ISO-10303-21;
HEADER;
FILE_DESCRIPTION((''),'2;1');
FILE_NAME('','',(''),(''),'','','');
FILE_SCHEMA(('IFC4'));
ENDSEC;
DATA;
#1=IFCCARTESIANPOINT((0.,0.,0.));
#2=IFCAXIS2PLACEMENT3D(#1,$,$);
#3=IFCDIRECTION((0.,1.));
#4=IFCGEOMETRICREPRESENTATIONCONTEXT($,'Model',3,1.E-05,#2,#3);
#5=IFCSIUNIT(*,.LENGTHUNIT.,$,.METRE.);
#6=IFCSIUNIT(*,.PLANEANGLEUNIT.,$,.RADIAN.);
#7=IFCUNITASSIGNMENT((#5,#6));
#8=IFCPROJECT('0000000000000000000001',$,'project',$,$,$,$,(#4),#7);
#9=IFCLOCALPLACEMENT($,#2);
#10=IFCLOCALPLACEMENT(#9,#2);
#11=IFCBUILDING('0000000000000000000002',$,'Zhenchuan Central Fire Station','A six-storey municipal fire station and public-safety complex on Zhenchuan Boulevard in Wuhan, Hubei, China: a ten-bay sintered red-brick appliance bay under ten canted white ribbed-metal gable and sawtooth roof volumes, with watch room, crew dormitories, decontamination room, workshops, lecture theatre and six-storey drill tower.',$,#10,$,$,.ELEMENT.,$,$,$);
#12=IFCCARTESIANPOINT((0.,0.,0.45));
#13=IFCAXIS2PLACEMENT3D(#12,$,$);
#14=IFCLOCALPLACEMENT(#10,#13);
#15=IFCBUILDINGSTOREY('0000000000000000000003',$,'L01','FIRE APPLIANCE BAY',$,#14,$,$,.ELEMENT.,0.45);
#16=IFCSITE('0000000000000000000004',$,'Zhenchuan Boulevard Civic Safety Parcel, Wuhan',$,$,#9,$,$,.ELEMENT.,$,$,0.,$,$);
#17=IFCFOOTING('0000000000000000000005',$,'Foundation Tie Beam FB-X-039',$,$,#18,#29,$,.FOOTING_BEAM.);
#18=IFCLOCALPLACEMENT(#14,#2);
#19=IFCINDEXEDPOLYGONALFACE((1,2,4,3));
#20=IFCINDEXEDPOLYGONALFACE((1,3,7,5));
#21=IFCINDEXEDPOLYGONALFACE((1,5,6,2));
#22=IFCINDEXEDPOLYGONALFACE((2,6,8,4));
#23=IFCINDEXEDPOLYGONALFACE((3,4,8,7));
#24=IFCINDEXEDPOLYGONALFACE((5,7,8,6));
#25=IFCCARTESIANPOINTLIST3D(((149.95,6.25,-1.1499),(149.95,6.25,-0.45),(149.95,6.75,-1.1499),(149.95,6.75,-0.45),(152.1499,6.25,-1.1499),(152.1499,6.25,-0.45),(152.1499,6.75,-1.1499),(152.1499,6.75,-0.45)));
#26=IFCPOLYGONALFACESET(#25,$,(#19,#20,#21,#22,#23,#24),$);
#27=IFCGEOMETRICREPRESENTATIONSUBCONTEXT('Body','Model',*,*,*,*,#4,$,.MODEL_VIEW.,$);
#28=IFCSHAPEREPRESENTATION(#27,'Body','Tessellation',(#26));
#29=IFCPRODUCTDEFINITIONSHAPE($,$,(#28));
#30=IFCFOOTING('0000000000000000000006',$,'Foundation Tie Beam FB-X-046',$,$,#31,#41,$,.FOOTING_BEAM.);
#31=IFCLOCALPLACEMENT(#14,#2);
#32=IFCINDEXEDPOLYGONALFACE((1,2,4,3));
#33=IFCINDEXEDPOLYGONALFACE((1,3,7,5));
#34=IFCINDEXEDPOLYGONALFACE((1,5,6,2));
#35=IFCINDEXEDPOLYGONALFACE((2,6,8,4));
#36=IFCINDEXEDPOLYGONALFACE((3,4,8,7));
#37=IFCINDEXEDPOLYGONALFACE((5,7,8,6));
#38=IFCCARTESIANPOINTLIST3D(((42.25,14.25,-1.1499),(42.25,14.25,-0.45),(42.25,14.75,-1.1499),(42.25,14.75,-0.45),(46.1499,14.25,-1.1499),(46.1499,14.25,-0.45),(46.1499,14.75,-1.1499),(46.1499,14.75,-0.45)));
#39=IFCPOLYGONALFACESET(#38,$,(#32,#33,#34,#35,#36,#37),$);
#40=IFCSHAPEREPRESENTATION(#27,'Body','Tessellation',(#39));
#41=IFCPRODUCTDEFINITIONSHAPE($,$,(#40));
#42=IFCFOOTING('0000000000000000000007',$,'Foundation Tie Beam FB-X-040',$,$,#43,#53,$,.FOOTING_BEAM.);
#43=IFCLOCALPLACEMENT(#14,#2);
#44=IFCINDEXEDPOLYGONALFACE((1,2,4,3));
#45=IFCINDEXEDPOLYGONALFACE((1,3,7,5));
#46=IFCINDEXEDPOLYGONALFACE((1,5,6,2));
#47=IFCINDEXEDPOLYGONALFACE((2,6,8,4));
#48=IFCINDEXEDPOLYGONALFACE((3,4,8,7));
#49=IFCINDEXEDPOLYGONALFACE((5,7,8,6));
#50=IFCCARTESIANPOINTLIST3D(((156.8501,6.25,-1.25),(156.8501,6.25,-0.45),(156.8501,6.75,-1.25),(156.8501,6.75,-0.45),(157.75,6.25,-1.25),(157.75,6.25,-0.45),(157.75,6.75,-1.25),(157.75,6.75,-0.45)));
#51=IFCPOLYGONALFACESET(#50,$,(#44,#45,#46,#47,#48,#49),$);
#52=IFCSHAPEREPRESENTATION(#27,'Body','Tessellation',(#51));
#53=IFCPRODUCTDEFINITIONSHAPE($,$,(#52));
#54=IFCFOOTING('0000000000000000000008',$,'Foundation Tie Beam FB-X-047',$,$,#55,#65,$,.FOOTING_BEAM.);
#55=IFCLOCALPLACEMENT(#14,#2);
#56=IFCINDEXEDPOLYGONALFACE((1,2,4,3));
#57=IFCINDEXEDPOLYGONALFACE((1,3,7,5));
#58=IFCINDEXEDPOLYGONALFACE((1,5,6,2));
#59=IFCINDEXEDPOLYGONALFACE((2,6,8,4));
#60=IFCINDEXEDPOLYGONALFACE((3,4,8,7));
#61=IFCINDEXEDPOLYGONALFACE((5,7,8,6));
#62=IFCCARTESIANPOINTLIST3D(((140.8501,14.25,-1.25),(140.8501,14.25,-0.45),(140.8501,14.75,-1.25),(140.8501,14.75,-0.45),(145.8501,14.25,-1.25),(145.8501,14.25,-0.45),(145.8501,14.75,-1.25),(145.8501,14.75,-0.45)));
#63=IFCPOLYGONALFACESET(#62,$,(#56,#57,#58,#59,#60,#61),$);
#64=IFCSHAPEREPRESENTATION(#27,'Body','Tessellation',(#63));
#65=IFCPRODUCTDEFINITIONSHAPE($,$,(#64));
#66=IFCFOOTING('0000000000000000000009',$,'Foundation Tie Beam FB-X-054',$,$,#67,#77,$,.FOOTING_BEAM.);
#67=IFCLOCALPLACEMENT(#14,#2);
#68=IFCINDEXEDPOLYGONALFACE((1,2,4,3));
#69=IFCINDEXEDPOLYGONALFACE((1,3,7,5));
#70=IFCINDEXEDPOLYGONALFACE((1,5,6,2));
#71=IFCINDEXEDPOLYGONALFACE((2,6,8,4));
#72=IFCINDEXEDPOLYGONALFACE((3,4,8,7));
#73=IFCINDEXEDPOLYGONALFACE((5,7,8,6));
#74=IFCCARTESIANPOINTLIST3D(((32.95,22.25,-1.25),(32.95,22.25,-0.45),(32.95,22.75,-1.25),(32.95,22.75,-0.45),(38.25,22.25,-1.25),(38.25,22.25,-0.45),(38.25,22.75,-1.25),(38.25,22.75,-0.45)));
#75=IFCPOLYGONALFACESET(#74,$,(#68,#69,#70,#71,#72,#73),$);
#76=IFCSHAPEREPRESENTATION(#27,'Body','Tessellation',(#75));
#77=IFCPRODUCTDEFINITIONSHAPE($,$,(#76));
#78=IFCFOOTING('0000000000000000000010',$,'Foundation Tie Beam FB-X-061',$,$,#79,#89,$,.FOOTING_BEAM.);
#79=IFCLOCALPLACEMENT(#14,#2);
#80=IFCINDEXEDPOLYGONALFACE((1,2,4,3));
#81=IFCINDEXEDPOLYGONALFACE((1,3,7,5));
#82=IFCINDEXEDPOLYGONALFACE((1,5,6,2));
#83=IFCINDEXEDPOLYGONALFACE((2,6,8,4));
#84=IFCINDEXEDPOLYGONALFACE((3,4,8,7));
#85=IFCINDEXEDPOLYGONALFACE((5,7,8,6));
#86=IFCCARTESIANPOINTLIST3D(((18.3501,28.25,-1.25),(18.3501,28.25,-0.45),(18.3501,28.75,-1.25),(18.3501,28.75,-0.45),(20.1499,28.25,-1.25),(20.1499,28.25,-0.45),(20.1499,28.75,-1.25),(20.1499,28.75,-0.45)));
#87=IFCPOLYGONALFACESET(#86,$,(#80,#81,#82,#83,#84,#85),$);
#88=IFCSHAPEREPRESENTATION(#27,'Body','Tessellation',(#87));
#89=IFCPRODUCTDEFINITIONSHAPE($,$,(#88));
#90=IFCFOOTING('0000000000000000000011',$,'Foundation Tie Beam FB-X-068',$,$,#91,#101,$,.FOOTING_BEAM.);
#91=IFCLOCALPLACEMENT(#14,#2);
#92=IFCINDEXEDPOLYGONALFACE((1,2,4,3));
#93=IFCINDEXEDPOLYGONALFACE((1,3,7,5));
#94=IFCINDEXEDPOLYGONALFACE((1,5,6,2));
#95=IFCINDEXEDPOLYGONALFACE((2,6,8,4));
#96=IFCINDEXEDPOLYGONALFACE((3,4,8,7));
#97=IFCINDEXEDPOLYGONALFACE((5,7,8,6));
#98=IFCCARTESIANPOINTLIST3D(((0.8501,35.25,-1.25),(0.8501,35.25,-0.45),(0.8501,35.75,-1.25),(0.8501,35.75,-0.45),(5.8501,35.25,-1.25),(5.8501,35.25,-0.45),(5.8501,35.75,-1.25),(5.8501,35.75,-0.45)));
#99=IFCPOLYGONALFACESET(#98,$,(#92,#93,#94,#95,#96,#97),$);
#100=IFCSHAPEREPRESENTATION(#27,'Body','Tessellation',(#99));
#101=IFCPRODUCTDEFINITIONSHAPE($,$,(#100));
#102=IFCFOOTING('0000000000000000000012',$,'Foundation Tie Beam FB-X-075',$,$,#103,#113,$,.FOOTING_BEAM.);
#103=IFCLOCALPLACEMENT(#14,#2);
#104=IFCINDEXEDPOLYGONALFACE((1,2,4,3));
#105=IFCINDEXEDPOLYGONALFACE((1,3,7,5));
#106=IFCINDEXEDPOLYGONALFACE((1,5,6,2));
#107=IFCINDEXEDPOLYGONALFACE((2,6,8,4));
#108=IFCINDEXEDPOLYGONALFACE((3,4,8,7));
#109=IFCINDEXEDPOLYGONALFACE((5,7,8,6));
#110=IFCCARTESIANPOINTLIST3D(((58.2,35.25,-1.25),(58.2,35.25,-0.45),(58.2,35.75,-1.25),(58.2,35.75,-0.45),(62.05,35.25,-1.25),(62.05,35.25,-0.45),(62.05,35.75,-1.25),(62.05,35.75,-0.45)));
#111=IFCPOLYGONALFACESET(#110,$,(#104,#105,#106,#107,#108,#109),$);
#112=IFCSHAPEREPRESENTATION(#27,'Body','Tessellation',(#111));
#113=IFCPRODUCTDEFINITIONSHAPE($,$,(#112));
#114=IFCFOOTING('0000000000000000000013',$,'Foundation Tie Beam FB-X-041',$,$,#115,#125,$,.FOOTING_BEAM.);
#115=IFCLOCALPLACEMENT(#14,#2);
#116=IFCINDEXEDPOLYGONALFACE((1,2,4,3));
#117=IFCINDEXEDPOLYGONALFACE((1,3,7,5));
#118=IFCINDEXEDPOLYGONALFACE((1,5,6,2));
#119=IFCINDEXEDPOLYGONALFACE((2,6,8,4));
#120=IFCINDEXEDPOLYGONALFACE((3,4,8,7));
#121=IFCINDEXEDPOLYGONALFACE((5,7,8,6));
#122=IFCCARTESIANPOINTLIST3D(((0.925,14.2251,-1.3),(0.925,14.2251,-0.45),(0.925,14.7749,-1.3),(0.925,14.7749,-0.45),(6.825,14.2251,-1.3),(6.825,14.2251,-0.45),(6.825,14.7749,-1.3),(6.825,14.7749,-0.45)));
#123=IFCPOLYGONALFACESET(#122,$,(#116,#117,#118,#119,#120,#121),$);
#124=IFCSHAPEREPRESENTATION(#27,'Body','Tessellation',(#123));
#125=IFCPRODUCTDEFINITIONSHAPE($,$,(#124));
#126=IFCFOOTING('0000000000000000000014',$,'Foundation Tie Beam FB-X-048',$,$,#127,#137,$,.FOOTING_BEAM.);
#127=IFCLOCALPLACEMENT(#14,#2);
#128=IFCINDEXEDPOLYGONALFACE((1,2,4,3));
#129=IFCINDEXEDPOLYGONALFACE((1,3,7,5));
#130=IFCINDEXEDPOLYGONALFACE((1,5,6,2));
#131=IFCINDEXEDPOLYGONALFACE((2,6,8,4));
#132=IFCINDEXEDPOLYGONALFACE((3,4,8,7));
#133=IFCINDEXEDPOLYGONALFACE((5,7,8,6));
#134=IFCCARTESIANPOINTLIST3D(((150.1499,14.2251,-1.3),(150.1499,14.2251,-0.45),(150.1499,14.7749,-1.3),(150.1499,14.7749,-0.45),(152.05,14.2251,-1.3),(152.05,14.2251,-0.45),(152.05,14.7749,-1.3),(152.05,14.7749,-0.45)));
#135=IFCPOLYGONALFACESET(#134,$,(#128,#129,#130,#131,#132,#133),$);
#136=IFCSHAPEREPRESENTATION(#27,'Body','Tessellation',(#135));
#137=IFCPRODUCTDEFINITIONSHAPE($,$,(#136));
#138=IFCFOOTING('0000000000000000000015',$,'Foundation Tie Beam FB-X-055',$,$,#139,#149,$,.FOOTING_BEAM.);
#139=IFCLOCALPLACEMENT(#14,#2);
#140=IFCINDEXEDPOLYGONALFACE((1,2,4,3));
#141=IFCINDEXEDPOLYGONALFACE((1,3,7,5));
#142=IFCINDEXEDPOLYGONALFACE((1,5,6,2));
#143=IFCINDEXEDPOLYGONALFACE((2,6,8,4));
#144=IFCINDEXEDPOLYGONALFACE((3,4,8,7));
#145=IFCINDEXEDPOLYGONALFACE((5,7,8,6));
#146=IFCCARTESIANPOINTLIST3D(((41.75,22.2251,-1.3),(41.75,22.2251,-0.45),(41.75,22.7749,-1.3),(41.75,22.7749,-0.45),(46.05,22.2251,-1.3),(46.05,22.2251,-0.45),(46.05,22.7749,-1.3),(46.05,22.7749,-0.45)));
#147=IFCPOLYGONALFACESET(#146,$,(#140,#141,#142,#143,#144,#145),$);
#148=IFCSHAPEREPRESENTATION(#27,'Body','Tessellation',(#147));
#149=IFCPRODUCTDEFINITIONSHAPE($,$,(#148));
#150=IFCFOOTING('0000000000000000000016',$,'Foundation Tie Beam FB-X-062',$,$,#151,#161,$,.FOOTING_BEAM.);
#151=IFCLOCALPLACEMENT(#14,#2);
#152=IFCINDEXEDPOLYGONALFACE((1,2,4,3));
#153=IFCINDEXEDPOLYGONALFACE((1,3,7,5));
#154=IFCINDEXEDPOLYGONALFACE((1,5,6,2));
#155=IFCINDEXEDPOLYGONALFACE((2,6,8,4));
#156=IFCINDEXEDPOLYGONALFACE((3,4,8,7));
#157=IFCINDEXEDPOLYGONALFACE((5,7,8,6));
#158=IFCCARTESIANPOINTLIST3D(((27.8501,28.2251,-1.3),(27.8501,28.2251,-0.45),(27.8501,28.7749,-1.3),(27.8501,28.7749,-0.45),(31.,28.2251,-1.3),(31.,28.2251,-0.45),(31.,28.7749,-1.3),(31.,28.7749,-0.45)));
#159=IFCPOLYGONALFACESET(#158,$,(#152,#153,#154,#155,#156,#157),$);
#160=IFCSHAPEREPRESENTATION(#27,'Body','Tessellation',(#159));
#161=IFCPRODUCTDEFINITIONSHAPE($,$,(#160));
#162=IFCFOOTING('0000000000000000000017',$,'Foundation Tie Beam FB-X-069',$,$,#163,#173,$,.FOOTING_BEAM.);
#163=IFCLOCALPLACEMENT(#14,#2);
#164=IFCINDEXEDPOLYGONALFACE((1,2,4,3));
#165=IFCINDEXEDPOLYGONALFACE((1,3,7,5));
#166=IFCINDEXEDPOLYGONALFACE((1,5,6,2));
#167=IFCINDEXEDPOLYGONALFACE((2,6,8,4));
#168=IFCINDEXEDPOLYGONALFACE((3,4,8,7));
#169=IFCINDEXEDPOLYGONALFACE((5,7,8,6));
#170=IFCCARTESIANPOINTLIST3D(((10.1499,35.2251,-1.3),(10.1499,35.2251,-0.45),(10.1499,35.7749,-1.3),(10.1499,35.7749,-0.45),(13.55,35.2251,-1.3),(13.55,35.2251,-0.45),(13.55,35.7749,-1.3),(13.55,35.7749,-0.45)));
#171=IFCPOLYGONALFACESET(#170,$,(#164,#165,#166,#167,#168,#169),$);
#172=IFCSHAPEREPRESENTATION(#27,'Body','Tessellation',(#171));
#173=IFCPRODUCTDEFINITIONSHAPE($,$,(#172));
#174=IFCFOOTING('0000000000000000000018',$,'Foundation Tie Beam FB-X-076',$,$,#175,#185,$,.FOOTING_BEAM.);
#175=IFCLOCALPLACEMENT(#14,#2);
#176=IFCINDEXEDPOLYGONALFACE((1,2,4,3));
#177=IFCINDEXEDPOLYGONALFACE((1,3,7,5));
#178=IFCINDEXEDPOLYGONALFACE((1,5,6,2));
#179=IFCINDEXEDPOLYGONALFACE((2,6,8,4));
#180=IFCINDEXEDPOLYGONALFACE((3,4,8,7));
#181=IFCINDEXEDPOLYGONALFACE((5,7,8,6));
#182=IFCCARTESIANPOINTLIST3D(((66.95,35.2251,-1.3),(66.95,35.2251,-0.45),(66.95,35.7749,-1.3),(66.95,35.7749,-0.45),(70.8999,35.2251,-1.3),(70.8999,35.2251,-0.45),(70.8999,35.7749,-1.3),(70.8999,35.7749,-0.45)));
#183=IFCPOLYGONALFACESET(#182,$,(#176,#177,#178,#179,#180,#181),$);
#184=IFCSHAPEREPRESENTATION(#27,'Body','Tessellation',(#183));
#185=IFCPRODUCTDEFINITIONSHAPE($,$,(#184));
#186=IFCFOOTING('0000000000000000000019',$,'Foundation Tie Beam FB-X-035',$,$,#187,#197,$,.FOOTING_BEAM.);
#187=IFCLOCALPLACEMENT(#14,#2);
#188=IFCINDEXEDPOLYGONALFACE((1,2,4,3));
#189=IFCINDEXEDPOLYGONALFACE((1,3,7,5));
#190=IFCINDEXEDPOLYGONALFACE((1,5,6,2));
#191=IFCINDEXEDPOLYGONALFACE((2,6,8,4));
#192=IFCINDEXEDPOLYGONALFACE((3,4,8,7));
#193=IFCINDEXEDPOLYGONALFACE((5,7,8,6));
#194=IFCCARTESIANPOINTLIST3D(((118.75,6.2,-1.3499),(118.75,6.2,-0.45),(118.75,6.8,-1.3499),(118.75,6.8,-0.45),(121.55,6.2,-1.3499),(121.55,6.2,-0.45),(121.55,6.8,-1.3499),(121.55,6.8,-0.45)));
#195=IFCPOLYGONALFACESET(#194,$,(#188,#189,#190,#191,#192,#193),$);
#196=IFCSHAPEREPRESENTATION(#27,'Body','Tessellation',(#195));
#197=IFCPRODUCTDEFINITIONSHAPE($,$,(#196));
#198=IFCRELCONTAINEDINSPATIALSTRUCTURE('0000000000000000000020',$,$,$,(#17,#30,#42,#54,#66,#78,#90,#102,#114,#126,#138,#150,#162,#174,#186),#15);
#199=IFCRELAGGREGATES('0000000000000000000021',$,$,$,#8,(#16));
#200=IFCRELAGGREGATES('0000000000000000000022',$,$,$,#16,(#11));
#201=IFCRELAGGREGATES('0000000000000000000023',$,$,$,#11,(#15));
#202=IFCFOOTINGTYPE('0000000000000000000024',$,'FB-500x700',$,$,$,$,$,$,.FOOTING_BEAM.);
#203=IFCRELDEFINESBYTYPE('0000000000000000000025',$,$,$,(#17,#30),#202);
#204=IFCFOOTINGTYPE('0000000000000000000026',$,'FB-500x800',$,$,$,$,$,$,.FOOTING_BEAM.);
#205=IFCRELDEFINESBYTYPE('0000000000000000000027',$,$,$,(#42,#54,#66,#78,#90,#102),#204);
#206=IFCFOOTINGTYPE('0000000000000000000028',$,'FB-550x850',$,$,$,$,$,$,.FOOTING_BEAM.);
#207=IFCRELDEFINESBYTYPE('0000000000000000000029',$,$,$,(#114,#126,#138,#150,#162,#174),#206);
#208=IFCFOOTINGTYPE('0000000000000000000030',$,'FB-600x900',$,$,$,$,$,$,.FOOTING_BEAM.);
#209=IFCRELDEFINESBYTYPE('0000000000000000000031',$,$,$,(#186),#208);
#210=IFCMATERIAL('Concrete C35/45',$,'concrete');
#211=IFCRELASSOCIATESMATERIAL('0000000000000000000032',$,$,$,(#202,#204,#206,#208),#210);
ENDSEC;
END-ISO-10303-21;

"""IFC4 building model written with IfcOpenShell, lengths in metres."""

from ifc_helpers import new_model, si_unit, direction, frame, origin, place, context, subcontext, project, spatial, polyline, outline, extrude, material, type_object, element, save


model = new_model("IFC4")

# Units and contexts
model_context = context("Model", 3, precision=1e-05, world=origin(), true_north=direction((0.0, 1.0)))
body_context = subcontext(model_context, "Body", "Model", "MODEL_VIEW")
ifc_project = project(units=[si_unit("LENGTHUNIT", "METRE"), si_unit("PLANEANGLEUNIT", "RADIAN")], contexts=[model_context])

# Site, building, storey
site_placement = place(None, origin())
site = spatial("IfcSite", under=ifc_project, at=site_placement, Name="Zhenchuan Boulevard Civic Safety Parcel, Wuhan", CompositionType="ELEMENT", RefElevation=0.0)
building_placement = place(site_placement, origin())
building = spatial("IfcBuilding", under=site, at=building_placement, Name="Zhenchuan Central Fire Station", Description="A six-storey municipal fire station and public-safety complex on Zhenchuan Boulevard in Wuhan, Hubei, China: a ten-bay sintered red-brick appliance bay under ten canted white ribbed-metal gable and sawtooth roof volumes, with watch room, crew dormitories, decontamination room, workshops, lecture theatre and six-storey drill tower.", CompositionType="ELEMENT")
storey_placement = place(building_placement, frame((0.0, 0.0, 0.45)))
storey = spatial("IfcBuildingStorey", under=building, at=storey_placement, Name="L01", Description="FIRE APPLIANCE BAY", CompositionType="ELEMENT", Elevation=0.45)

# Footings
ifc_material = material(Name="Concrete C35/45", Category="concrete")
footing_type_1 = type_object("IfcFootingType", Name="FB-500x700", PredefinedType="FOOTING_BEAM", material=ifc_material)
footing_1_placement = place(storey_placement, frame((0.0, 0.0, -1.1499)))
element("IfcFooting", 1, at=footing_1_placement, inside=storey, type_object=footing_type_1, Name="Foundation Tie Beam FB-X-039", PredefinedType="FOOTING_BEAM", context=body_context, shape_type="SweptSolid", body=[
    extrude(outline(polyline([(149.95, 6.25), (152.1499, 6.25), (152.1499, 6.75), (149.95, 6.75), (149.95, 6.25)])), origin(), (0.0, 0.0, 1.0), 0.7),
])
footing_2_placement = place(storey_placement, frame((0.0, 0.0, -1.1499)))
element("IfcFooting", 2, at=footing_2_placement, inside=storey, type_object=footing_type_1, Name="Foundation Tie Beam FB-X-046", PredefinedType="FOOTING_BEAM", context=body_context, shape_type="SweptSolid", body=[
    extrude(outline(polyline([(42.25, 14.25), (46.1499, 14.25), (46.1499, 14.75), (42.25, 14.75), (42.25, 14.25)])), origin(), (0.0, 0.0, 1.0), 0.7),
])
footing_type_2 = type_object("IfcFootingType", Name="FB-500x800", PredefinedType="FOOTING_BEAM", material=ifc_material)
footing_3_placement = place(storey_placement, frame((0.0, 0.0, -1.25)))
element("IfcFooting", 3, at=footing_3_placement, inside=storey, type_object=footing_type_2, Name="Foundation Tie Beam FB-X-040", PredefinedType="FOOTING_BEAM", context=body_context, shape_type="SweptSolid", body=[
    extrude(outline(polyline([(156.8501, 6.25), (157.75, 6.25), (157.75, 6.75), (156.8501, 6.75), (156.8501, 6.25)])), origin(), (0.0, 0.0, 1.0), 0.8),
])
footing_4_placement = place(storey_placement, frame((0.0, 0.0, -1.25)))
element("IfcFooting", 4, at=footing_4_placement, inside=storey, type_object=footing_type_2, Name="Foundation Tie Beam FB-X-047", PredefinedType="FOOTING_BEAM", context=body_context, shape_type="SweptSolid", body=[
    extrude(outline(polyline([(140.8501, 14.25), (145.8501, 14.25), (145.8501, 14.75), (140.8501, 14.75), (140.8501, 14.25)])), origin(), (0.0, 0.0, 1.0), 0.8),
])
footing_5_placement = place(storey_placement, frame((0.0, 0.0, -1.25)))
element("IfcFooting", 5, at=footing_5_placement, inside=storey, type_object=footing_type_2, Name="Foundation Tie Beam FB-X-054", PredefinedType="FOOTING_BEAM", context=body_context, shape_type="SweptSolid", body=[
    extrude(outline(polyline([(32.95, 22.25), (38.25, 22.25), (38.25, 22.75), (32.95, 22.75), (32.95, 22.25)])), origin(), (0.0, 0.0, 1.0), 0.8),
])
footing_6_placement = place(storey_placement, frame((0.0, 0.0, -1.25)))
element("IfcFooting", 6, at=footing_6_placement, inside=storey, type_object=footing_type_2, Name="Foundation Tie Beam FB-X-061", PredefinedType="FOOTING_BEAM", context=body_context, shape_type="SweptSolid", body=[
    extrude(outline(polyline([(18.3501, 28.25), (20.1499, 28.25), (20.1499, 28.75), (18.3501, 28.75), (18.3501, 28.25)])), origin(), (0.0, 0.0, 1.0), 0.8),
])
footing_7_placement = place(storey_placement, frame((0.0, 0.0, -1.25)))
element("IfcFooting", 7, at=footing_7_placement, inside=storey, type_object=footing_type_2, Name="Foundation Tie Beam FB-X-068", PredefinedType="FOOTING_BEAM", context=body_context, shape_type="SweptSolid", body=[
    extrude(outline(polyline([(0.8501, 35.25), (5.8501, 35.25), (5.8501, 35.75), (0.8501, 35.75), (0.8501, 35.25)])), origin(), (0.0, 0.0, 1.0), 0.8),
])
footing_8_placement = place(storey_placement, frame((0.0, 0.0, -1.25)))
element("IfcFooting", 8, at=footing_8_placement, inside=storey, type_object=footing_type_2, Name="Foundation Tie Beam FB-X-075", PredefinedType="FOOTING_BEAM", context=body_context, shape_type="SweptSolid", body=[
    extrude(outline(polyline([(58.2, 35.25), (62.05, 35.25), (62.05, 35.75), (58.2, 35.75), (58.2, 35.25)])), origin(), (0.0, 0.0, 1.0), 0.8),
])
footing_type_3 = type_object("IfcFootingType", Name="FB-550x850", PredefinedType="FOOTING_BEAM", material=ifc_material)
footing_9_placement = place(storey_placement, frame((0.0, 0.0, -1.3)))
element("IfcFooting", 9, at=footing_9_placement, inside=storey, type_object=footing_type_3, Name="Foundation Tie Beam FB-X-041", PredefinedType="FOOTING_BEAM", context=body_context, shape_type="SweptSolid", body=[
    extrude(outline(polyline([(0.925, 14.2251), (6.825, 14.2251), (6.825, 14.7749), (0.925, 14.7749), (0.925, 14.2251)])), origin(), (0.0, 0.0, 1.0), 0.8501),
])
footing_10_placement = place(storey_placement, frame((0.0, 0.0, -1.3)))
element("IfcFooting", 10, at=footing_10_placement, inside=storey, type_object=footing_type_3, Name="Foundation Tie Beam FB-X-048", PredefinedType="FOOTING_BEAM", context=body_context, shape_type="SweptSolid", body=[
    extrude(outline(polyline([(150.1499, 14.2251), (152.05, 14.2251), (152.05, 14.7749), (150.1499, 14.7749), (150.1499, 14.2251)])), origin(), (0.0, 0.0, 1.0), 0.8501),
])
footing_11_placement = place(storey_placement, frame((0.0, 0.0, -1.3)))
element("IfcFooting", 11, at=footing_11_placement, inside=storey, type_object=footing_type_3, Name="Foundation Tie Beam FB-X-055", PredefinedType="FOOTING_BEAM", context=body_context, shape_type="SweptSolid", body=[
    extrude(outline(polyline([(41.75, 22.2251), (46.05, 22.2251), (46.05, 22.7749), (41.75, 22.7749), (41.75, 22.2251)])), origin(), (0.0, 0.0, 1.0), 0.8501),
])
footing_12_placement = place(storey_placement, frame((0.0, 0.0, -1.3)))
element("IfcFooting", 12, at=footing_12_placement, inside=storey, type_object=footing_type_3, Name="Foundation Tie Beam FB-X-062", PredefinedType="FOOTING_BEAM", context=body_context, shape_type="SweptSolid", body=[
    extrude(outline(polyline([(27.8501, 28.2251), (31.0, 28.2251), (31.0, 28.7749), (27.8501, 28.7749), (27.8501, 28.2251)])), origin(), (0.0, 0.0, 1.0), 0.8501),
])
footing_13_placement = place(storey_placement, frame((0.0, 0.0, -1.3)))
element("IfcFooting", 13, at=footing_13_placement, inside=storey, type_object=footing_type_3, Name="Foundation Tie Beam FB-X-069", PredefinedType="FOOTING_BEAM", context=body_context, shape_type="SweptSolid", body=[
    extrude(outline(polyline([(10.1499, 35.2251), (13.55, 35.2251), (13.55, 35.7749), (10.1499, 35.7749), (10.1499, 35.2251)])), origin(), (0.0, 0.0, 1.0), 0.8501),
])
footing_14_placement = place(storey_placement, frame((0.0, 0.0, -1.3)))
element("IfcFooting", 14, at=footing_14_placement, inside=storey, type_object=footing_type_3, Name="Foundation Tie Beam FB-X-076", PredefinedType="FOOTING_BEAM", context=body_context, shape_type="SweptSolid", body=[
    extrude(outline(polyline([(66.95, 35.2251), (70.8999, 35.2251), (70.8999, 35.7749), (66.95, 35.7749), (66.95, 35.2251)])), origin(), (0.0, 0.0, 1.0), 0.8501),
])
footing_type_4 = type_object("IfcFootingType", Name="FB-600x900", PredefinedType="FOOTING_BEAM", material=ifc_material)
footing_15_placement = place(storey_placement, frame((0.0, 0.0, -1.3499)))
element("IfcFooting", 15, at=footing_15_placement, inside=storey, type_object=footing_type_4, Name="Foundation Tie Beam FB-X-035", PredefinedType="FOOTING_BEAM", context=body_context, shape_type="SweptSolid", body=[
    extrude(outline(polyline([(118.75, 6.2), (121.55, 6.2), (121.55, 6.8), (118.75, 6.8), (118.75, 6.2)])), origin(), (0.0, 0.0, 1.0), 0.8999),
])

save(model, "model.ifc")
